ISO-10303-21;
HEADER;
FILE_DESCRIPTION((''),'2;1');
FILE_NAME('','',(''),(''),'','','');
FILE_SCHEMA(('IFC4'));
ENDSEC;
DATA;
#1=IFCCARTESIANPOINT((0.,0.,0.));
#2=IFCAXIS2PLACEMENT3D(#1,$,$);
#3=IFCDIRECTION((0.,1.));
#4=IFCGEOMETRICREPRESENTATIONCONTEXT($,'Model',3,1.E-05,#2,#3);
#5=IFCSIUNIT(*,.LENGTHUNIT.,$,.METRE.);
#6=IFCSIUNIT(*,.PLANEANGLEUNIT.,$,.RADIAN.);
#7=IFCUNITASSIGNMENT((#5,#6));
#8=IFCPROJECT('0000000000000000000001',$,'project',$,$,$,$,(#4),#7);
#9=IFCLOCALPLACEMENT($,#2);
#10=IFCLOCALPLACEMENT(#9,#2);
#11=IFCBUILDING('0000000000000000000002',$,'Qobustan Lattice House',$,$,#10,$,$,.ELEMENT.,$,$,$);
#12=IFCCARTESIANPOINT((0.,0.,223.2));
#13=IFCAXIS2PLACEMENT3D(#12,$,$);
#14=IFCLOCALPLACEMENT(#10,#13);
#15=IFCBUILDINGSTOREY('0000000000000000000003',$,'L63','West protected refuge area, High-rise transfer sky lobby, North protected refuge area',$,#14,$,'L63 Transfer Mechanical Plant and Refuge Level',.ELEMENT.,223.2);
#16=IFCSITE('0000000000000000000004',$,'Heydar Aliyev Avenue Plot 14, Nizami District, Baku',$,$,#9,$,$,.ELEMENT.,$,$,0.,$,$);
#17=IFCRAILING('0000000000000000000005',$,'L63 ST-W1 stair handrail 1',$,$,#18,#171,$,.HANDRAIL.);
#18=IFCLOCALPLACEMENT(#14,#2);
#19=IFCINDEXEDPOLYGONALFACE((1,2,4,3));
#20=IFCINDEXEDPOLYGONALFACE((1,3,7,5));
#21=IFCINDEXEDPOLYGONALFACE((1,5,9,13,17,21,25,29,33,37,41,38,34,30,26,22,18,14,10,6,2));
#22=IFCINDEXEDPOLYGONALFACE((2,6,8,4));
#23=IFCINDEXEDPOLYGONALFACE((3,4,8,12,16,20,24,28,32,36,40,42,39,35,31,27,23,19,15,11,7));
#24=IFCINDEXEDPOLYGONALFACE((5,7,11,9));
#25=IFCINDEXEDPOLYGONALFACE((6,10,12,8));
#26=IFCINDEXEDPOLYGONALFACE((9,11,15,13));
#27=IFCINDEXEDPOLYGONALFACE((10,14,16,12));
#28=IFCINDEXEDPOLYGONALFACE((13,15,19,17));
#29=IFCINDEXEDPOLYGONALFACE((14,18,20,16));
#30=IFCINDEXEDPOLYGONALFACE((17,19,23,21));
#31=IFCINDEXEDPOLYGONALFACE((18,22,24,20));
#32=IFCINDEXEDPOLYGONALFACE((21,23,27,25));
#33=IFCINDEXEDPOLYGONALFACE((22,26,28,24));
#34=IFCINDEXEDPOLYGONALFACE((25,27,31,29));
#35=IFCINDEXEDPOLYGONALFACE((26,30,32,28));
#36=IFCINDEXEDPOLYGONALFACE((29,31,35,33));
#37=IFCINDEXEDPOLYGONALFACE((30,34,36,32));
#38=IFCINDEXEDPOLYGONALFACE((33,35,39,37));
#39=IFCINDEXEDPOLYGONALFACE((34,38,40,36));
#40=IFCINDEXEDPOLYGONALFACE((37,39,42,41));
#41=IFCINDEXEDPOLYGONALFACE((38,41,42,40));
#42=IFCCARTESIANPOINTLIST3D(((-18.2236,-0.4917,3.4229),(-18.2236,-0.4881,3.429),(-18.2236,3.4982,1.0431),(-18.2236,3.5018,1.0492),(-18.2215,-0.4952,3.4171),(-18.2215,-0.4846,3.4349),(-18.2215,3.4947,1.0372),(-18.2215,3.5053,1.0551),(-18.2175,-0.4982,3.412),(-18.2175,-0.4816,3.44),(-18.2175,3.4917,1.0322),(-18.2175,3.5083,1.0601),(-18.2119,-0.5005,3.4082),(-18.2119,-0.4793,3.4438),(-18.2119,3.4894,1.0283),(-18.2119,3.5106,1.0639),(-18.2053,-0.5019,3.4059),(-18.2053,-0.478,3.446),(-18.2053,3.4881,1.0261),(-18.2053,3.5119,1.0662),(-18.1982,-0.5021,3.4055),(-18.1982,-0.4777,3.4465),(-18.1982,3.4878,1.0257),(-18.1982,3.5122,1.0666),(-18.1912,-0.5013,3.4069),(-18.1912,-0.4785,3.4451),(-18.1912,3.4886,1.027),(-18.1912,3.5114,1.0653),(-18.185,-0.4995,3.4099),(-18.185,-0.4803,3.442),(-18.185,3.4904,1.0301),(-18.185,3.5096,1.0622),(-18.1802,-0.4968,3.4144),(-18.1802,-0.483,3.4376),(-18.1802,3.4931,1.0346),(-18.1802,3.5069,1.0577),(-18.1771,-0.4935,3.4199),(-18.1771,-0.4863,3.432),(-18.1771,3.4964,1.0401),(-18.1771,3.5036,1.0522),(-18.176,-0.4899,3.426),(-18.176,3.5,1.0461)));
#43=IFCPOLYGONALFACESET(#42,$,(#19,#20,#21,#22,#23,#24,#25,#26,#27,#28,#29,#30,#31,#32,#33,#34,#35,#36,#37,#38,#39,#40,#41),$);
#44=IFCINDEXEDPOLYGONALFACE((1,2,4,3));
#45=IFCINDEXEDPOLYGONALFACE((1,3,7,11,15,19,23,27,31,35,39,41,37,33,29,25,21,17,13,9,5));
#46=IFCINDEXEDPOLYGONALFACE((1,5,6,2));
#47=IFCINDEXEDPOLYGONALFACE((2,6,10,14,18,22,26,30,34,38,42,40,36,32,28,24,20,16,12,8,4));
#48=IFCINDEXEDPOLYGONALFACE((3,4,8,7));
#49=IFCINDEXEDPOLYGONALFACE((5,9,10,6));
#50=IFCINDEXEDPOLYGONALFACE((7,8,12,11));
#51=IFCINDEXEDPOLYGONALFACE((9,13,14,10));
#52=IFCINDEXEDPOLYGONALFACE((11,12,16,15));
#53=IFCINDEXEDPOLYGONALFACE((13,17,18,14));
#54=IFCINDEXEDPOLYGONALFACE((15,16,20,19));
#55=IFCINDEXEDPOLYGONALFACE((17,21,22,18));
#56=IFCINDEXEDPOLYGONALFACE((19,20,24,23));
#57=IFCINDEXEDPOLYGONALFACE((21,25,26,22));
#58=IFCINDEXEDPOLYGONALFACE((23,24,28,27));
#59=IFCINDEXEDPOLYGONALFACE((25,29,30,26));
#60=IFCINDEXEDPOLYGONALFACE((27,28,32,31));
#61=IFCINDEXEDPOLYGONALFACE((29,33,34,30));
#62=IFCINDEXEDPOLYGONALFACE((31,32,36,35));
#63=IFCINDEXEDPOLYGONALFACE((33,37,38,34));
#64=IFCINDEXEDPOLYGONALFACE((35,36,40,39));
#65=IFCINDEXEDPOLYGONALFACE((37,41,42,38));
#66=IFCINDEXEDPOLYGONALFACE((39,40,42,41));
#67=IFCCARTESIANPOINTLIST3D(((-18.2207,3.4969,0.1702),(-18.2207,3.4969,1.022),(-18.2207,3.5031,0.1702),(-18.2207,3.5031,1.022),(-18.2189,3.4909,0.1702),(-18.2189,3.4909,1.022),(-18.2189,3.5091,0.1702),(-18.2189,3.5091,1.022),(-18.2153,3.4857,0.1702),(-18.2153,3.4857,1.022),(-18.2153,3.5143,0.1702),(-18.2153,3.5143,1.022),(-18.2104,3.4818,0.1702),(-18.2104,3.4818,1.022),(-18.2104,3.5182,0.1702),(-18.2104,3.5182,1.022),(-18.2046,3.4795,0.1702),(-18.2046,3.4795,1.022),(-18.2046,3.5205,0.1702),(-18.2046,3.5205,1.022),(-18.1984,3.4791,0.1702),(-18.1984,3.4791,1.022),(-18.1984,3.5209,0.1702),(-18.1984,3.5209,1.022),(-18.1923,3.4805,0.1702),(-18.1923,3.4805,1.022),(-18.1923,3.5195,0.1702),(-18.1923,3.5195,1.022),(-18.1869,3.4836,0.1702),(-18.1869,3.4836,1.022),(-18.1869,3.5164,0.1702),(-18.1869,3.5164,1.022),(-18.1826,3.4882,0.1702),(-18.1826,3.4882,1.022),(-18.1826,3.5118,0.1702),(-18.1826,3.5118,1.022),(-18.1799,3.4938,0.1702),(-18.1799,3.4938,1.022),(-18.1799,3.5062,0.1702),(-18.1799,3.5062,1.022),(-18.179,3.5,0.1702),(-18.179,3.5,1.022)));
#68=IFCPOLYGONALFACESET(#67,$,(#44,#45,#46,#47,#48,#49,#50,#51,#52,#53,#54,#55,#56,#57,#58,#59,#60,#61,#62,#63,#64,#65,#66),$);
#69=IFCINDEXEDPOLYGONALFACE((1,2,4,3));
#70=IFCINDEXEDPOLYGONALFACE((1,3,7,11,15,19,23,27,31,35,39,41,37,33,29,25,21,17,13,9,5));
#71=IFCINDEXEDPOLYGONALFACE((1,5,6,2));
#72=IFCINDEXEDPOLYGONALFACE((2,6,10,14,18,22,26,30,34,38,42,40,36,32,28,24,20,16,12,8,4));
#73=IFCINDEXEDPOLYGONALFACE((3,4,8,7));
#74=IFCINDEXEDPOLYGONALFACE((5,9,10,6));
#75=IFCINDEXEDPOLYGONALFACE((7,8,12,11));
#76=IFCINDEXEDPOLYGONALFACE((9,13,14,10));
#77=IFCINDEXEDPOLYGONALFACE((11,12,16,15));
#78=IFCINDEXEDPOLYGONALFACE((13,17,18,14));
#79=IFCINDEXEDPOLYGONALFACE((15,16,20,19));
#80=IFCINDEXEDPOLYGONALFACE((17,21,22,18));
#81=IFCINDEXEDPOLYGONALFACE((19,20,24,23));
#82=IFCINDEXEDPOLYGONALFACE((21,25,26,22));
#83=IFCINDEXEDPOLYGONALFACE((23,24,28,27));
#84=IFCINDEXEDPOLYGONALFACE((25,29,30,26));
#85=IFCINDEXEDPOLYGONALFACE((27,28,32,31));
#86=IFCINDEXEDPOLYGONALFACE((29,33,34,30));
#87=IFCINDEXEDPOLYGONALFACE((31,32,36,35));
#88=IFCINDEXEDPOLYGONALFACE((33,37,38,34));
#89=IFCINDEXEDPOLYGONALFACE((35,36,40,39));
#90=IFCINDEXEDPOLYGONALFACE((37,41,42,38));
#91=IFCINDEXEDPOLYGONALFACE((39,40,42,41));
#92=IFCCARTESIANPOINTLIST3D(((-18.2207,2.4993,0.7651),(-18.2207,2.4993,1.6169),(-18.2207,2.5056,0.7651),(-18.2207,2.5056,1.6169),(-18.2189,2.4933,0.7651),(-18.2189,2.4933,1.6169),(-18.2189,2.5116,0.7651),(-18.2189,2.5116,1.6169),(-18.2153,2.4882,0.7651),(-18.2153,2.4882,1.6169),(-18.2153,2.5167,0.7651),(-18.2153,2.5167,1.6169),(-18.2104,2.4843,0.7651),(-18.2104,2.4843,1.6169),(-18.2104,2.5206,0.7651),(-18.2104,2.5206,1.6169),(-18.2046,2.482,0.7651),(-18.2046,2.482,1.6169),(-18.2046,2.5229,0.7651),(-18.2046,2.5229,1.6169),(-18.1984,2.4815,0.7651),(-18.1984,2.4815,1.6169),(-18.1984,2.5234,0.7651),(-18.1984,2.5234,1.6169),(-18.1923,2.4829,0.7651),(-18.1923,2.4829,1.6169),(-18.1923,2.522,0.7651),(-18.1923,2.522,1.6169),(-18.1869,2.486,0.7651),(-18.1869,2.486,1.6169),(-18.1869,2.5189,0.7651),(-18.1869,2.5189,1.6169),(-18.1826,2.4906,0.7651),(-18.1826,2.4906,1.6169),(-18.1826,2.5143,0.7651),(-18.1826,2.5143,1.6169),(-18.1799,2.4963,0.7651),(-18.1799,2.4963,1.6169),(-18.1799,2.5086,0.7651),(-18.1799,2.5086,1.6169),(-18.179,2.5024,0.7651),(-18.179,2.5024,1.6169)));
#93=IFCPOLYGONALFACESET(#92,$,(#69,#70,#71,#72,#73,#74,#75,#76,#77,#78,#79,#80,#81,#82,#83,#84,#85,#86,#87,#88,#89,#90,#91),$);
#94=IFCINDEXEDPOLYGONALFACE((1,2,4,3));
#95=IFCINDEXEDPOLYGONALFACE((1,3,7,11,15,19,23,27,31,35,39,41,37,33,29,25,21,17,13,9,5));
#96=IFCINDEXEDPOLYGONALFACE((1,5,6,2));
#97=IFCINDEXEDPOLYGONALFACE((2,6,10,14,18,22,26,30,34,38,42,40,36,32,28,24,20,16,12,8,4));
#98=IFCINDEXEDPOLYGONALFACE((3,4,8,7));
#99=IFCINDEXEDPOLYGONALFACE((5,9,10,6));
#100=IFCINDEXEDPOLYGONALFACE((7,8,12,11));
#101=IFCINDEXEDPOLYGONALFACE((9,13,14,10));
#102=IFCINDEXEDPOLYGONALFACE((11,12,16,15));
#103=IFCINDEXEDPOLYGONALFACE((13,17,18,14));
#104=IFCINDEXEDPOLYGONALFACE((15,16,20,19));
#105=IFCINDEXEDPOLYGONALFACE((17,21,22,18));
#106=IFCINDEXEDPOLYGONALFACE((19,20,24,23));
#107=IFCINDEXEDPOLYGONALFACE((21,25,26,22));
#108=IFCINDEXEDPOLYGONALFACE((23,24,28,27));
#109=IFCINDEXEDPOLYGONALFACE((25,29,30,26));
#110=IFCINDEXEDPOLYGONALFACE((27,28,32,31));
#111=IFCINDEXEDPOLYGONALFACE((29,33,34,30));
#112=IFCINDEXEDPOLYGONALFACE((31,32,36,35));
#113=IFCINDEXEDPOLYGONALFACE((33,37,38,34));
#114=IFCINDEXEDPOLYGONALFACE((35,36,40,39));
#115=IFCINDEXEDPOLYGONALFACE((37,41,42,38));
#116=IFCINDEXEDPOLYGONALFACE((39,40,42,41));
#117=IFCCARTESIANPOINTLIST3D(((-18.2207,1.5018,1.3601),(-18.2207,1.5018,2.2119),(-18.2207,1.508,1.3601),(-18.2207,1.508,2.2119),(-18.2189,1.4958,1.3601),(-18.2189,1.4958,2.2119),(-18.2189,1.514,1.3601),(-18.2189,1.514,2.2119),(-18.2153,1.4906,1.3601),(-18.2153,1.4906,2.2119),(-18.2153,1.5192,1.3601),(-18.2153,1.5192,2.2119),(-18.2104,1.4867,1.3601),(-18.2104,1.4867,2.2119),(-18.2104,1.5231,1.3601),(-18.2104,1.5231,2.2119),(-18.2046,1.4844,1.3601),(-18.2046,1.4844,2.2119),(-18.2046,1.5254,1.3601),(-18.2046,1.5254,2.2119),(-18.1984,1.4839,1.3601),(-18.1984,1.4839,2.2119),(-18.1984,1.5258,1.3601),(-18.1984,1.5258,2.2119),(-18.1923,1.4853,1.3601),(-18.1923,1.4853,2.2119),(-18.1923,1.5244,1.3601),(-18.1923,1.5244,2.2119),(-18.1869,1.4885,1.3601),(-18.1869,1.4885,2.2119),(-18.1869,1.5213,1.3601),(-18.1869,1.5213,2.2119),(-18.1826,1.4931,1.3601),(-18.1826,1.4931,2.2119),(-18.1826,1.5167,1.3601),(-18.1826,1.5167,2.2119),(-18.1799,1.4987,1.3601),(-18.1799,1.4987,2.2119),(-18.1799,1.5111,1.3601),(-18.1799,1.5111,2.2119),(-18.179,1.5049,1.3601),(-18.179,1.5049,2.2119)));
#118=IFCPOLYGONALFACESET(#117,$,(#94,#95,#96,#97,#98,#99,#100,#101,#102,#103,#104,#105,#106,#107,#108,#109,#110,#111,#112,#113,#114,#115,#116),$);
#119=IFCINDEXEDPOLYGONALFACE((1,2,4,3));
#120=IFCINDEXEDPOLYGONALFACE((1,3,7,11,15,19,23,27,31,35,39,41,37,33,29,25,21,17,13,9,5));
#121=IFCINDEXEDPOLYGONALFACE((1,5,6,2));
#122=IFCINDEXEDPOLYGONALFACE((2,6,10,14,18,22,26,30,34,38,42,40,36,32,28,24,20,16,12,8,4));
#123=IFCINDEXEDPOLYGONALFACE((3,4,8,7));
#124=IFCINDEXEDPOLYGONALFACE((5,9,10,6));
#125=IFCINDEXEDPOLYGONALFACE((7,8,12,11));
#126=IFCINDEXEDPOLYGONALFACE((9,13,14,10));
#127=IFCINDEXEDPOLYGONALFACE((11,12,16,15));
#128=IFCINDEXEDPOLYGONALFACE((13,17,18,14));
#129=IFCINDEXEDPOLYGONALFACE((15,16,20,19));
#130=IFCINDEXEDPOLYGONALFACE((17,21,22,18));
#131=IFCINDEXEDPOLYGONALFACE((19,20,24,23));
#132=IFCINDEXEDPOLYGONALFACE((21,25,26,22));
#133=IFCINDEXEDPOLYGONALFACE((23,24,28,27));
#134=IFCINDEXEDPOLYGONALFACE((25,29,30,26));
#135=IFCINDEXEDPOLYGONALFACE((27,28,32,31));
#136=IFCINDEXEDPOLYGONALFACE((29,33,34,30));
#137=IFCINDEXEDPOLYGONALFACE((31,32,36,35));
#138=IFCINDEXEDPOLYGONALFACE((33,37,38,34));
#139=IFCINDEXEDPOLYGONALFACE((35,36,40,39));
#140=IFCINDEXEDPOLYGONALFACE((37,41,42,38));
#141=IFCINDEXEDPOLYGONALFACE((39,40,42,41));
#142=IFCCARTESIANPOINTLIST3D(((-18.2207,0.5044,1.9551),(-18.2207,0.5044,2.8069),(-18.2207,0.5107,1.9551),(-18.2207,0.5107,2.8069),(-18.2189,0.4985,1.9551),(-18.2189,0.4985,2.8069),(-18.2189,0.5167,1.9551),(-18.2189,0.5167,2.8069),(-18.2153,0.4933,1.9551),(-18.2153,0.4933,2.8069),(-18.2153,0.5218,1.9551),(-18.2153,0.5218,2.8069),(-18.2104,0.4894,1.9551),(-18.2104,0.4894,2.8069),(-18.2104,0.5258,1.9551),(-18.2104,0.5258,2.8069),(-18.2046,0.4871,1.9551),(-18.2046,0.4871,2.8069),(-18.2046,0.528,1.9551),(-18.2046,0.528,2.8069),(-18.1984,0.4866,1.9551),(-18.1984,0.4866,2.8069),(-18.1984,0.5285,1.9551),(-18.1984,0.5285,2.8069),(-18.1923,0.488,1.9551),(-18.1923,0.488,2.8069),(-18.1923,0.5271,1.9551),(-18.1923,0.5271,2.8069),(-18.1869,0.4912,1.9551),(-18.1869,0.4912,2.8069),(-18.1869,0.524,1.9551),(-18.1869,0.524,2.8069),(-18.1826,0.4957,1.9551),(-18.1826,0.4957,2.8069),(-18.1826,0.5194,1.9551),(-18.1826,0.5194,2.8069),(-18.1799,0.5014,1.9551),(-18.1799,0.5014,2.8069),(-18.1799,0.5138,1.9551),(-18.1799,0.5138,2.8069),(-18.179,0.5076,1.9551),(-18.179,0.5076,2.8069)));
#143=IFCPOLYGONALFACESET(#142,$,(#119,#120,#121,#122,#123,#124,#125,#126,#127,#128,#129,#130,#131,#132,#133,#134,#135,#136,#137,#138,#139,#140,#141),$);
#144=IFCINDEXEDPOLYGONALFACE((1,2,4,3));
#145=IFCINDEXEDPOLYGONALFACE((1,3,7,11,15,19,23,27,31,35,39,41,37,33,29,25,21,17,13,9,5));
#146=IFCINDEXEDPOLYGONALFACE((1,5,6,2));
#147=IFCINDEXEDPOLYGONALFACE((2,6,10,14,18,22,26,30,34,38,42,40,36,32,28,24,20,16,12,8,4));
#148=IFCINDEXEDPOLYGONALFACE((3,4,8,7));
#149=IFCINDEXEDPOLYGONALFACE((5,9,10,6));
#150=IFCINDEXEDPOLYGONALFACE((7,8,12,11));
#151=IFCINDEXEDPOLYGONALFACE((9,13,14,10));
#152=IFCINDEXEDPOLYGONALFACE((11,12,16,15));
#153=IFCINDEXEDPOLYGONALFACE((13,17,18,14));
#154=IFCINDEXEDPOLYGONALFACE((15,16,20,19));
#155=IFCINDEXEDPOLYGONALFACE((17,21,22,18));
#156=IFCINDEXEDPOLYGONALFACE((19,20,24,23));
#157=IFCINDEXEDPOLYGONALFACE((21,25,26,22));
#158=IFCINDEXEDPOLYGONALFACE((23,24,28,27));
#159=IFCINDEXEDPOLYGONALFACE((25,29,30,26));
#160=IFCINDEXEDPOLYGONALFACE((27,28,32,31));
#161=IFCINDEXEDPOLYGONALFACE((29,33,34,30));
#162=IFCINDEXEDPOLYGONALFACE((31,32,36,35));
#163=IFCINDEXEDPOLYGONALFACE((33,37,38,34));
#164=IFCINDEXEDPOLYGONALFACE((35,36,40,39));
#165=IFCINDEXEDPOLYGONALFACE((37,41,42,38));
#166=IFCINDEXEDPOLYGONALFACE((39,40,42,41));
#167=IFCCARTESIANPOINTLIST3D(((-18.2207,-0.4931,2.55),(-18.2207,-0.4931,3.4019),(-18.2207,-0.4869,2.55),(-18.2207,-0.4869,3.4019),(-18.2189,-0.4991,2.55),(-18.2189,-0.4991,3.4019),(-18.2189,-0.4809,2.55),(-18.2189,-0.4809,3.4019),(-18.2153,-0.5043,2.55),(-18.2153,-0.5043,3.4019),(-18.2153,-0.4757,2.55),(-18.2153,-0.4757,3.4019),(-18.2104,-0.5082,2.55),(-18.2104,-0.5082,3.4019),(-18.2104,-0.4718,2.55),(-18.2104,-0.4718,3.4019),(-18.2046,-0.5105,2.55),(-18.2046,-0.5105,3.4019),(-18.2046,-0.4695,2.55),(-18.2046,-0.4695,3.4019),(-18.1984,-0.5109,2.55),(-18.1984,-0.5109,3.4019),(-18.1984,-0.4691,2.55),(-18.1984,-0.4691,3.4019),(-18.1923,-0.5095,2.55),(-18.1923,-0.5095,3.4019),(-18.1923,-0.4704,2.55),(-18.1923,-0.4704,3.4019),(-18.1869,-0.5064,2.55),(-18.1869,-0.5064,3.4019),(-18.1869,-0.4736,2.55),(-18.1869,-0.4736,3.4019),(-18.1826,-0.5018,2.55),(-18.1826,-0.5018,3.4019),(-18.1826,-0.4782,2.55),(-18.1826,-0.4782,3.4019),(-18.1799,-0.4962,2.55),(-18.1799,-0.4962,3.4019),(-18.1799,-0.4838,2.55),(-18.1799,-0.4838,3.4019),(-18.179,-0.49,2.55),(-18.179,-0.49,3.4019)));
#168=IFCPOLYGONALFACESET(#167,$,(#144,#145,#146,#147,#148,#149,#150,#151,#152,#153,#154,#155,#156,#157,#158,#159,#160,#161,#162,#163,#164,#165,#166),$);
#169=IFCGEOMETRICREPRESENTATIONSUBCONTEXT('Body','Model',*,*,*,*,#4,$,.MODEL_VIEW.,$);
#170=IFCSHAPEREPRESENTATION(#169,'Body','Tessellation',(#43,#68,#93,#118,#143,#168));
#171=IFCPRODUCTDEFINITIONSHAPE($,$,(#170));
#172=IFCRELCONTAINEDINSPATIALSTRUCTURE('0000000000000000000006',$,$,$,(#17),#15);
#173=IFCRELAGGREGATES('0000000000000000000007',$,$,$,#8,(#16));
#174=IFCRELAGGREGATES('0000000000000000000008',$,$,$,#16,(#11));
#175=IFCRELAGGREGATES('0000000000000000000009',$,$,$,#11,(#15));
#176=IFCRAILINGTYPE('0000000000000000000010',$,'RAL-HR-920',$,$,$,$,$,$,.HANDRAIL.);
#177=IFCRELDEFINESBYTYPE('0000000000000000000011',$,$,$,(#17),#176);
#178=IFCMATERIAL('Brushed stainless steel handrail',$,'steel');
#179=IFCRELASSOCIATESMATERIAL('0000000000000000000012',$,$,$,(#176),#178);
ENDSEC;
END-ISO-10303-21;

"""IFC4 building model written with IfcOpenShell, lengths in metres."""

from ifc_helpers import new_model, si_unit, direction, frame, origin, origin_2d, place, context, subcontext, project, spatial, circle, extrude, material, type_object, element, save


model = new_model("IFC4")

# Units and contexts
model_context = context("Model", 3, precision=1e-05, world=origin(), true_north=direction((0.0, 1.0)))
body_context = subcontext(model_context, "Body", "Model", "MODEL_VIEW")
ifc_project = project(units=[si_unit("LENGTHUNIT", "METRE"), si_unit("PLANEANGLEUNIT", "RADIAN")], contexts=[model_context])

# Site, building, storey
site_placement = place(None, origin())
site = spatial("IfcSite", under=ifc_project, at=site_placement, Name="Heydar Aliyev Avenue Plot 14, Nizami District, Baku", CompositionType="ELEMENT", RefElevation=0.0)
building_placement = place(site_placement, origin())
building = spatial("IfcBuilding", under=site, at=building_placement, Name="Qobustan Lattice House", CompositionType="ELEMENT")
storey_placement = place(building_placement, frame((0.0, 0.0, 223.2)))
storey = spatial("IfcBuildingStorey", under=building, at=storey_placement, Name="L63", Description="West protected refuge area, High-rise transfer sky lobby, North protected refuge area", LongName="L63 Transfer Mechanical Plant and Refuge Level", CompositionType="ELEMENT", Elevation=223.2)

# Railing
ifc_material_1 = material(Name="Brushed stainless steel handrail", Category="steel")
railing_type_1 = type_object("IfcRailingType", Name="RAL-HR-920", PredefinedType="HANDRAIL", material=ifc_material_1)
railing_1_placement = place(storey_placement, frame((-18.2, 3.5, 0.1702)))
element("IfcRailing", 1, at=railing_1_placement, inside=storey, type_object=railing_type_1, Name="L63 ST-W1 stair handrail 1", PredefinedType="HANDRAIL", context=body_context, shape_type="SweptSolid", body=[
    extrude(circle(Radius=0.0239, at=origin_2d()), frame((0.0, 0.0, 0.876), z_axis=(0.0, -0.85883, 0.512261), x_axis=(1.0, 0.0, 0.0)), (0.0, 0.0, 1.0), 4.6458),
    extrude(circle(Radius=0.021, at=origin_2d()), origin(), (0.0, 0.0, 1.0), 0.8518),
    extrude(circle(Radius=0.021, at=origin_2d()), frame((0.0, -0.9976, 0.595)), (0.0, 0.0, 1.0), 0.8518),
    extrude(circle(Radius=0.021, at=origin_2d()), frame((0.0, -1.9951, 1.1899)), (0.0, 0.0, 1.0), 0.8518),
    extrude(circle(Radius=0.021, at=origin_2d()), frame((0.0, -2.9924, 1.7849)), (0.0, 0.0, 1.0), 0.8518),
    extrude(circle(Radius=0.021, at=origin_2d()), frame((0.0, -3.99, 2.3799)), (0.0, 0.0, 1.0), 0.8518),
])

save(model, "model.ifc")
